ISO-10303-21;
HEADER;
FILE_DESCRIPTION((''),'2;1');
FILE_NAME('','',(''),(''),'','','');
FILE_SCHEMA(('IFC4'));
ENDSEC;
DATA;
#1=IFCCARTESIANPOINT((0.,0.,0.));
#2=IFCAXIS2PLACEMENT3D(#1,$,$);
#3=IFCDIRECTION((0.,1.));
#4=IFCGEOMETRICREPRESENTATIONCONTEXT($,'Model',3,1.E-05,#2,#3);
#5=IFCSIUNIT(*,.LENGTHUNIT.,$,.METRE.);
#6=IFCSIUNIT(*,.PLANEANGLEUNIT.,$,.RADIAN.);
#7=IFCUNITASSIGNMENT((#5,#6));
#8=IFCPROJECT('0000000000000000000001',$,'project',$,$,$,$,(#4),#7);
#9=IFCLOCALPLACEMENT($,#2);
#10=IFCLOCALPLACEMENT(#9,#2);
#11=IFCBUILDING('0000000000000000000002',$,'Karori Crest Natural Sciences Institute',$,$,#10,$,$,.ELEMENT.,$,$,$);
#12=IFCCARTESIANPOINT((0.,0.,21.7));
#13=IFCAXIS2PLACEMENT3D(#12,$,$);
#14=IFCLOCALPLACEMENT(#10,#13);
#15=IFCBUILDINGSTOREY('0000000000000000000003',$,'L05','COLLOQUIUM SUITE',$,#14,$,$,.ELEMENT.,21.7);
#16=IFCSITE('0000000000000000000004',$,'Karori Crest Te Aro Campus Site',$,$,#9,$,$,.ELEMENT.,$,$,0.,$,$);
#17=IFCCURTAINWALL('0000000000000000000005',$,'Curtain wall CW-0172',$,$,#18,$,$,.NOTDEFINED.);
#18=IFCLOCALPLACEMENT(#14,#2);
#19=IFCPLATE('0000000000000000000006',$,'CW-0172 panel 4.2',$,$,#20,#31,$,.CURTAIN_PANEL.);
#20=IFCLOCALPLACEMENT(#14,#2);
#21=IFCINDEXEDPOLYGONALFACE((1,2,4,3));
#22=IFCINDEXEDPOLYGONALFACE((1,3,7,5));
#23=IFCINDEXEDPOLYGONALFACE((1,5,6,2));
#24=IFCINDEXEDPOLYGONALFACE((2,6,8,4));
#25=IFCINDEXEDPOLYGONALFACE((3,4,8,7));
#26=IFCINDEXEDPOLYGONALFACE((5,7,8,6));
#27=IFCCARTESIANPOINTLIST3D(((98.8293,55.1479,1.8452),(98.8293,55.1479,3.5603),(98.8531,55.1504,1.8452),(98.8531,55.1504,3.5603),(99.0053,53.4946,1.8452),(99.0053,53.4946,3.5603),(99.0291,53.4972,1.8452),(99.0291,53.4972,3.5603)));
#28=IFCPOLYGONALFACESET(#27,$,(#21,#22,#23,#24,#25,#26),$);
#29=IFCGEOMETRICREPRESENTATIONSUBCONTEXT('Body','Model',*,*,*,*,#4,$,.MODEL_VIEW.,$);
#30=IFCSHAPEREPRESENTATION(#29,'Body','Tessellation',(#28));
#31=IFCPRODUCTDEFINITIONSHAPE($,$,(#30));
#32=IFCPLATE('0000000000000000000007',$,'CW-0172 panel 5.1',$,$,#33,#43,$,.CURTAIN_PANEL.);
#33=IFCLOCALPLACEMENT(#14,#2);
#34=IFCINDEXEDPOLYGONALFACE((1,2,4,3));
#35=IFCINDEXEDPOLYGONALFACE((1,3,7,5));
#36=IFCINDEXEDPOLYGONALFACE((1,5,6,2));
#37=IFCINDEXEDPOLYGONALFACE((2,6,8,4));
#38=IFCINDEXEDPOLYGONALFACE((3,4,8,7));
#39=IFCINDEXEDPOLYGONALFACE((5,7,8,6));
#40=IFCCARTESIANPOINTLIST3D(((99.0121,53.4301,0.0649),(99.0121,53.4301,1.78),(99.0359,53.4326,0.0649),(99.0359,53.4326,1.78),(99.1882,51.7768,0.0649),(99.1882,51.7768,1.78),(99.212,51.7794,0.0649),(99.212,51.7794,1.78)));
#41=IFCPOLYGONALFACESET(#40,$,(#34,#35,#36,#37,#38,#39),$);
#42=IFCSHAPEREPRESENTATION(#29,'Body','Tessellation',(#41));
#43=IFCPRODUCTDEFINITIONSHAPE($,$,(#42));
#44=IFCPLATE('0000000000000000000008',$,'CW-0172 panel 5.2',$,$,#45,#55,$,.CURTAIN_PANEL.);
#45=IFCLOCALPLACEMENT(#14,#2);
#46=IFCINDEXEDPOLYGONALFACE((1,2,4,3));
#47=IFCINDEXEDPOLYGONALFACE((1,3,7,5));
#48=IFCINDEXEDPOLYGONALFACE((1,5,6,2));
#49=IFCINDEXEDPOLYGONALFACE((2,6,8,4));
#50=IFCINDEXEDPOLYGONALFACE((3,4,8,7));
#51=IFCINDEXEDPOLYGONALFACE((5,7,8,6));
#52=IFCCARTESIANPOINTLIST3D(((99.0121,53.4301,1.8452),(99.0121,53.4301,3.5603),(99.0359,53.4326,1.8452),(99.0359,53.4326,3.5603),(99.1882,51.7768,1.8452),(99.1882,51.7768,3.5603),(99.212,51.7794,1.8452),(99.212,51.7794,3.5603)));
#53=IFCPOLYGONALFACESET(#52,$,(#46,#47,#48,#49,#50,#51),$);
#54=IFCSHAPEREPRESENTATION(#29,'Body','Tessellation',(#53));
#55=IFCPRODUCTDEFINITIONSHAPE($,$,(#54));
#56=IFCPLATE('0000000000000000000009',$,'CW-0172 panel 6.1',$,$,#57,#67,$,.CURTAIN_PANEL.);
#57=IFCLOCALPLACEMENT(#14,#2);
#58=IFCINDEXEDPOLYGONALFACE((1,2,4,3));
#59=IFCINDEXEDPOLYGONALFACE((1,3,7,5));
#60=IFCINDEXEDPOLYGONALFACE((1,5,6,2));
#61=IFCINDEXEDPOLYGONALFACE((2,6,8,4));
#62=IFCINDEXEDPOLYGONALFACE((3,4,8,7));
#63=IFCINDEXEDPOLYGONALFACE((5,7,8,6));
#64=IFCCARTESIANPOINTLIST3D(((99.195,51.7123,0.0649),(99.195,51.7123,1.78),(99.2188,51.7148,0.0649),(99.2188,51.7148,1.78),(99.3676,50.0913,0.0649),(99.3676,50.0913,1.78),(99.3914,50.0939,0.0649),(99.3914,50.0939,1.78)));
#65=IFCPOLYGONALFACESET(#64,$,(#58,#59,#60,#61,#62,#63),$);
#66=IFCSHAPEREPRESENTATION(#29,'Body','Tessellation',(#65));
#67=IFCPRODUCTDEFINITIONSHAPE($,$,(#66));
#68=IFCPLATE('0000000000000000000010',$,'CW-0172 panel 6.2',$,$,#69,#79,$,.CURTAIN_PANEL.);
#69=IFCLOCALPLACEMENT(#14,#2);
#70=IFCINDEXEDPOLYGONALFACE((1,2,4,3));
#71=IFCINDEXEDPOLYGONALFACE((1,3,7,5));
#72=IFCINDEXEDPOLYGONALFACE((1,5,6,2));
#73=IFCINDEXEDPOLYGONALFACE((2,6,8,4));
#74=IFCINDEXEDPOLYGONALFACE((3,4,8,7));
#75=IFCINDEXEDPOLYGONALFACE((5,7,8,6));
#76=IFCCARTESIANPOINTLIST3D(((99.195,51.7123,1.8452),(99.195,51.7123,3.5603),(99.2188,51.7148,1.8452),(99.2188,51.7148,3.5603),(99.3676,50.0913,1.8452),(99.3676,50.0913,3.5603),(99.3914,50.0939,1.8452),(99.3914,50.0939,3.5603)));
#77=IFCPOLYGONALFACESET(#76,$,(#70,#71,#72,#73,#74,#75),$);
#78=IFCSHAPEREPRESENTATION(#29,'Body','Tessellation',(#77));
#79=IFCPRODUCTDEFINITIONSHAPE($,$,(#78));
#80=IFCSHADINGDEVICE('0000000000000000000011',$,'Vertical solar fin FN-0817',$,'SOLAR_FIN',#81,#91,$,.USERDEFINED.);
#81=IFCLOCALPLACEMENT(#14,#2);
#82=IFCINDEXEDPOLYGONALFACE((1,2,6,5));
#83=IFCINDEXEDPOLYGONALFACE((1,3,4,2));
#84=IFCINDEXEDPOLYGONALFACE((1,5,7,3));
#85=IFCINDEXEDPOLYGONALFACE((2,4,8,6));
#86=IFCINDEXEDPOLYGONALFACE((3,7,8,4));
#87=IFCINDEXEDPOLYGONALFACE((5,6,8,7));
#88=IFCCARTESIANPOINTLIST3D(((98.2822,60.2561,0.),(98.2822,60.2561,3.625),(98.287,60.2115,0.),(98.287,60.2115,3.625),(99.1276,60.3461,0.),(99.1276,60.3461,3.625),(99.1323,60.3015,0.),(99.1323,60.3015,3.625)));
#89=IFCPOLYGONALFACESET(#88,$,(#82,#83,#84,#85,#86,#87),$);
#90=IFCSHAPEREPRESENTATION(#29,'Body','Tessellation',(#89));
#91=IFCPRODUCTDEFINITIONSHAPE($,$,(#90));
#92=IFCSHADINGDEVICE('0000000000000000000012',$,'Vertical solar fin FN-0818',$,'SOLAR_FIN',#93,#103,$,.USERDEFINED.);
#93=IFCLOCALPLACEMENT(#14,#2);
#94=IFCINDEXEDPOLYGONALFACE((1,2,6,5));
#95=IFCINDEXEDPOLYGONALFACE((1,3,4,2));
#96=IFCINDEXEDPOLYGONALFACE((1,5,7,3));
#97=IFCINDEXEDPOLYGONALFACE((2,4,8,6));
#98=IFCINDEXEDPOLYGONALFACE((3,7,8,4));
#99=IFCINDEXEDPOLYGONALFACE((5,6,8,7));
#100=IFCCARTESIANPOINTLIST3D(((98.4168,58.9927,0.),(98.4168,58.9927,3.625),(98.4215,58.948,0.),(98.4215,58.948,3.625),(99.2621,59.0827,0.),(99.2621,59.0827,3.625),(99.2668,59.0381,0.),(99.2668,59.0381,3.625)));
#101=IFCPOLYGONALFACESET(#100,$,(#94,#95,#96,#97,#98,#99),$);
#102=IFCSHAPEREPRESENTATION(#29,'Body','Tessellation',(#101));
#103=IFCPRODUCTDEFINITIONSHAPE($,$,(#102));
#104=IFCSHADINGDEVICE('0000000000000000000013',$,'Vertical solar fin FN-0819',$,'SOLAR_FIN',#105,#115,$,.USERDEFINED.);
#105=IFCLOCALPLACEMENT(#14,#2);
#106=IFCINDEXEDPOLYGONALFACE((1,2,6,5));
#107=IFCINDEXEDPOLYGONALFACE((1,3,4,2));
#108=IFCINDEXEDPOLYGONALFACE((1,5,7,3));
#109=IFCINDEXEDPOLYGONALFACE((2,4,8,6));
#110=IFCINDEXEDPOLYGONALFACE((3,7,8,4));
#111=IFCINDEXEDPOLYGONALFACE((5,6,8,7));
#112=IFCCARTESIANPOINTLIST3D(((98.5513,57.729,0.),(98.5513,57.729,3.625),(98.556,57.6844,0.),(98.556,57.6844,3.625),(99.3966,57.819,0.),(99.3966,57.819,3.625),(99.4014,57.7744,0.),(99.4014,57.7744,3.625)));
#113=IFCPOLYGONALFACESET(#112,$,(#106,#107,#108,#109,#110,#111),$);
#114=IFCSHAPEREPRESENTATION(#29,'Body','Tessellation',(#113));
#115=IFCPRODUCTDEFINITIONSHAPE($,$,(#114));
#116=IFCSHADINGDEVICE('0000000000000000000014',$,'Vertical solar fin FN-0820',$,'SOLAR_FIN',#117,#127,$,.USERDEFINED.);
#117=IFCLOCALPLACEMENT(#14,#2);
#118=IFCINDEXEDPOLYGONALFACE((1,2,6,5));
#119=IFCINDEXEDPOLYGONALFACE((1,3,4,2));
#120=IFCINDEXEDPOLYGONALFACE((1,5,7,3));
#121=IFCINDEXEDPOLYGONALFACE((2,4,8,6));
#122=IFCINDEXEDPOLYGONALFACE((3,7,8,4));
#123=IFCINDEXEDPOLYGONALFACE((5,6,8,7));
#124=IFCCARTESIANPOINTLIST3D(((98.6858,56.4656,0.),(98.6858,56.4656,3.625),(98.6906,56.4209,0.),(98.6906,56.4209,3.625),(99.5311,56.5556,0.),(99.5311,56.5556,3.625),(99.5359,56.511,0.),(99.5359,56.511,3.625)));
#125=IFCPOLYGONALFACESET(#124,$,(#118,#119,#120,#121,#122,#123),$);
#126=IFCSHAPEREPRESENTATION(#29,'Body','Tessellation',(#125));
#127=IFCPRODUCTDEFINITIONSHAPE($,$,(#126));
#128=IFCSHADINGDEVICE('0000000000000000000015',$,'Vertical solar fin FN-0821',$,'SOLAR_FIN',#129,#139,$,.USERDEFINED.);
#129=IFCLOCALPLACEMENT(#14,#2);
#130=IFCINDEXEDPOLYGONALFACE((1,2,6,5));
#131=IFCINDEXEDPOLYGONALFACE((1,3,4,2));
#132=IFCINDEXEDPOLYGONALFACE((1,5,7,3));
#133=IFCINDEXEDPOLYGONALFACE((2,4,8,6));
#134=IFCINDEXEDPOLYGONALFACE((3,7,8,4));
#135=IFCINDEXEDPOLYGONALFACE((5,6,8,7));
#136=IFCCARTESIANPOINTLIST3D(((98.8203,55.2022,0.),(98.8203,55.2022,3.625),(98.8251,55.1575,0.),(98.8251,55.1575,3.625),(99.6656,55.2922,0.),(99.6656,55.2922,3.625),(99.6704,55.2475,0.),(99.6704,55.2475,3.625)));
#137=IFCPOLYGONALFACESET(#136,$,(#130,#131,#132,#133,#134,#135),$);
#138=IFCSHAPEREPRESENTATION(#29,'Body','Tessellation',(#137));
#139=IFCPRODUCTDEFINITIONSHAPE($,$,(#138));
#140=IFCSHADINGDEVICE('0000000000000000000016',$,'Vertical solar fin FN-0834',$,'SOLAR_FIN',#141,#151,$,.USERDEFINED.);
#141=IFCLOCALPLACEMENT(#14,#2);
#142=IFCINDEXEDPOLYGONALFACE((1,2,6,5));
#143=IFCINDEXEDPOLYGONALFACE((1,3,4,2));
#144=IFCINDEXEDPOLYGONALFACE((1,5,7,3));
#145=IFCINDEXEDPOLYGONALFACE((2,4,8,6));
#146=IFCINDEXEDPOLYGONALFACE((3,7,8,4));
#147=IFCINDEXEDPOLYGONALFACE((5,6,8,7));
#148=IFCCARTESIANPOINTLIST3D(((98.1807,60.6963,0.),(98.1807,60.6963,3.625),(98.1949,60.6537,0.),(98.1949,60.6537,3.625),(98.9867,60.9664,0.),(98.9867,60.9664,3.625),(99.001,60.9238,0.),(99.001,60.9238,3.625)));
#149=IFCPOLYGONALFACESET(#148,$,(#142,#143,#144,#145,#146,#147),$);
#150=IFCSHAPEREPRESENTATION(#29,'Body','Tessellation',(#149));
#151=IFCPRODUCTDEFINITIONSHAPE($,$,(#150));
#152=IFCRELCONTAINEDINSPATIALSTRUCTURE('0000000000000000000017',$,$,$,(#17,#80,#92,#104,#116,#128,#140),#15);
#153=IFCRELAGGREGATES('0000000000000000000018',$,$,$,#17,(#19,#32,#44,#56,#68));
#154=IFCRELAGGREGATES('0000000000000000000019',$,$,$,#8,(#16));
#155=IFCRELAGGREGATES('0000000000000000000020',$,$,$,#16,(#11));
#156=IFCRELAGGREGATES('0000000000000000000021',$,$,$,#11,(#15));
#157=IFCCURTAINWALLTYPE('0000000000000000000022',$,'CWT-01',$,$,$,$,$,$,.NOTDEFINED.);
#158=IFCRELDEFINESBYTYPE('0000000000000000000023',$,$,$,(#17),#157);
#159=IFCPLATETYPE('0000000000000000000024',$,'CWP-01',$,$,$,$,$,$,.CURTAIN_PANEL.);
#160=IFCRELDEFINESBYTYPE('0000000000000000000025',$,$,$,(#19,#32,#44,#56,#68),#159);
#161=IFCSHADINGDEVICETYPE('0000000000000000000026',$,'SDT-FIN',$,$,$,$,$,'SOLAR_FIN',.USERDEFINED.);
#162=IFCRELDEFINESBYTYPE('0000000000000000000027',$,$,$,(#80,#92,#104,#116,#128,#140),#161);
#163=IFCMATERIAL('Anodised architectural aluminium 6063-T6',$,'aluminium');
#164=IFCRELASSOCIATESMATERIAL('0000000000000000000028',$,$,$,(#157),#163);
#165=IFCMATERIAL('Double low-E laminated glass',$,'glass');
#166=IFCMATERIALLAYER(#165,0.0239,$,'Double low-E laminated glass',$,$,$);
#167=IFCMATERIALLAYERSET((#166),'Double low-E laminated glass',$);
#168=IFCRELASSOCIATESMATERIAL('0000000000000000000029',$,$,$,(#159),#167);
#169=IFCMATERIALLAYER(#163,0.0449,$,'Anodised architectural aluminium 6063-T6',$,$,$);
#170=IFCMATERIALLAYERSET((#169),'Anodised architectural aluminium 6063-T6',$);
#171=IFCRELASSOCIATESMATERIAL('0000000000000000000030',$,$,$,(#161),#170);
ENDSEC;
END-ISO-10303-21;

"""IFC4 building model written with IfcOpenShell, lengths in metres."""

from ifc_helpers import new_model, si_unit, direction, frame, origin, origin_2d, place, context, subcontext, project, spatial, rectangle, extrude, material, layer, layer_set, type_object, element, aggregate, save


model = new_model("IFC4")

# Units and contexts
model_context = context("Model", 3, precision=1e-05, world=origin(), true_north=direction((0.0, 1.0)))
body_context = subcontext(model_context, "Body", "Model", "MODEL_VIEW")
ifc_project = project(units=[si_unit("LENGTHUNIT", "METRE"), si_unit("PLANEANGLEUNIT", "RADIAN")], contexts=[model_context])

# Site, building, storey
site_placement = place(None, origin())
site = spatial("IfcSite", under=ifc_project, at=site_placement, Name="Karori Crest Te Aro Campus Site", CompositionType="ELEMENT", RefElevation=0.0)
building_placement = place(site_placement, origin())
building = spatial("IfcBuilding", under=site, at=building_placement, Name="Karori Crest Natural Sciences Institute", CompositionType="ELEMENT")
storey_placement = place(building_placement, frame((0.0, 0.0, 21.7)))
storey = spatial("IfcBuildingStorey", under=building, at=storey_placement, Name="L05", Description="COLLOQUIUM SUITE", CompositionType="ELEMENT", Elevation=21.7)

# Curtain wall
ifc_material_1 = material(Name="Anodised architectural aluminium 6063-T6", Category="aluminium")
curtain_wall_type_1 = type_object("IfcCurtainWallType", Name="CWT-01", PredefinedType="NOTDEFINED", material=ifc_material_1)
curtain_wall_1_placement = place(storey_placement, origin())
curtain_wall_1 = element("IfcCurtainWall", 1, at=curtain_wall_1_placement, inside=storey, type_object=curtain_wall_type_1, Name="Curtain wall CW-0172", PredefinedType="NOTDEFINED")

# Plates
ifc_material_2 = material(Name="Double low-E laminated glass", Category="glass")
ifc_layer_1 = layer(ifc_material_2, 0.0239, Name="Double low-E laminated glass")
ifc_layer_set_1 = layer_set([ifc_layer_1], Name="Double low-E laminated glass")
plate_type = type_object("IfcPlateType", Name="CWP-01", PredefinedType="CURTAIN_PANEL", material=ifc_layer_set_1)
plate_1_placement = place(storey_placement, frame((98.9292, 54.3225, 1.8452), z_axis=(0.0, 0.0, 1.0), x_axis=(0.105884, -0.994378, 0.0)))
plate_1 = element("IfcPlate", 2, at=plate_1_placement, type_object=plate_type, Name="CW-0172 panel 4.2", PredefinedType="CURTAIN_PANEL", context=body_context, shape_type="SweptSolid", body=[
    extrude(rectangle(XDim=1.6626, YDim=0.0239, at=origin_2d()), origin(), (0.0, 0.0, 1.0), 1.7151),
])
plate_2_placement = place(storey_placement, frame((99.1121, 52.6047, 0.0649), z_axis=(0.0, 0.0, 1.0), x_axis=(0.105884, -0.994378, 0.0)))
plate_2 = element("IfcPlate", 3, at=plate_2_placement, type_object=plate_type, Name="CW-0172 panel 5.1", PredefinedType="CURTAIN_PANEL", context=body_context, shape_type="SweptSolid", body=[
    extrude(rectangle(XDim=1.6626, YDim=0.0239, at=origin_2d()), origin(), (0.0, 0.0, 1.0), 1.7151),
])
plate_3_placement = place(storey_placement, frame((99.1121, 52.6047, 1.8452), z_axis=(0.0, 0.0, 1.0), x_axis=(0.105884, -0.994378, 0.0)))
plate_3 = element("IfcPlate", 4, at=plate_3_placement, type_object=plate_type, Name="CW-0172 panel 5.2", PredefinedType="CURTAIN_PANEL", context=body_context, shape_type="SweptSolid", body=[
    extrude(rectangle(XDim=1.6626, YDim=0.0239, at=origin_2d()), origin(), (0.0, 0.0, 1.0), 1.7151),
])
plate_4_placement = place(storey_placement, frame((99.2932, 50.9031, 0.0649), z_axis=(0.0, 0.0, 1.0), x_axis=(0.105884, -0.994378, 0.0)))
plate_4 = element("IfcPlate", 5, at=plate_4_placement, type_object=plate_type, Name="CW-0172 panel 6.1", PredefinedType="CURTAIN_PANEL", context=body_context, shape_type="SweptSolid", body=[
    extrude(rectangle(XDim=1.6301, YDim=0.0239, at=origin_2d()), origin(), (0.0, 0.0, 1.0), 1.7151),
])
plate_5_placement = place(storey_placement, frame((99.2932, 50.9031, 1.8452), z_axis=(0.0, 0.0, 1.0), x_axis=(0.105884, -0.994378, 0.0)))
plate_5 = element("IfcPlate", 6, at=plate_5_placement, type_object=plate_type, Name="CW-0172 panel 6.2", PredefinedType="CURTAIN_PANEL", context=body_context, shape_type="SweptSolid", body=[
    extrude(rectangle(XDim=1.6301, YDim=0.0239, at=origin_2d()), origin(), (0.0, 0.0, 1.0), 1.7151),
])
aggregate(curtain_wall_1, [plate_1, plate_2, plate_3, plate_4, plate_5])

# Shading devices
ifc_layer_2 = layer(ifc_material_1, 0.0449, Name="Anodised architectural aluminium 6063-T6")
ifc_layer_set_2 = layer_set([ifc_layer_2], Name="Anodised architectural aluminium 6063-T6")
shading_device_type = type_object("IfcShadingDeviceType", Name="SDT-FIN", ElementType="SOLAR_FIN", PredefinedType="USERDEFINED", material=ifc_layer_set_2)
for number, where, z_axis, x_axis, name in (
    (7, (98.7073, 60.2788, 0.0), (0.0, 0.0, 1.0), (0.994378, 0.105884, 0.0), "Vertical solar fin FN-0817"),
    (8, (98.8418, 59.0154, 0.0), (0.0, 0.0, 1.0), (0.994378, 0.105884, 0.0), "Vertical solar fin FN-0818"),
    (9, (98.9763, 57.7517, 0.0), (0.0, 0.0, 1.0), (0.994378, 0.105884, 0.0), "Vertical solar fin FN-0819"),
    (10, (99.1108, 56.4883, 0.0), (0.0, 0.0, 1.0), (0.994378, 0.105884, 0.0), "Vertical solar fin FN-0820"),
    (11, (99.2454, 55.2249, 0.0), (0.0, 0.0, 1.0), (0.994378, 0.105884, 0.0), "Vertical solar fin FN-0821"),
    (12, (98.5908, 60.8101, 0.0), (0.0, 0.0, 1.0), (0.948198, 0.31768, 0.0), "Vertical solar fin FN-0834"),
):
    element("IfcShadingDevice", number, at=place(storey_placement, frame(where, z_axis=z_axis, x_axis=x_axis)), inside=storey, type_object=shading_device_type, Name=name, ObjectType="SOLAR_FIN", PredefinedType="USERDEFINED", context=body_context, shape_type="SweptSolid", body=[
        extrude(rectangle(XDim=0.8501, YDim=0.0449, at=origin_2d()), origin(), (0.0, 0.0, 1.0), 3.625),
    ])

save(model, "model.ifc")
